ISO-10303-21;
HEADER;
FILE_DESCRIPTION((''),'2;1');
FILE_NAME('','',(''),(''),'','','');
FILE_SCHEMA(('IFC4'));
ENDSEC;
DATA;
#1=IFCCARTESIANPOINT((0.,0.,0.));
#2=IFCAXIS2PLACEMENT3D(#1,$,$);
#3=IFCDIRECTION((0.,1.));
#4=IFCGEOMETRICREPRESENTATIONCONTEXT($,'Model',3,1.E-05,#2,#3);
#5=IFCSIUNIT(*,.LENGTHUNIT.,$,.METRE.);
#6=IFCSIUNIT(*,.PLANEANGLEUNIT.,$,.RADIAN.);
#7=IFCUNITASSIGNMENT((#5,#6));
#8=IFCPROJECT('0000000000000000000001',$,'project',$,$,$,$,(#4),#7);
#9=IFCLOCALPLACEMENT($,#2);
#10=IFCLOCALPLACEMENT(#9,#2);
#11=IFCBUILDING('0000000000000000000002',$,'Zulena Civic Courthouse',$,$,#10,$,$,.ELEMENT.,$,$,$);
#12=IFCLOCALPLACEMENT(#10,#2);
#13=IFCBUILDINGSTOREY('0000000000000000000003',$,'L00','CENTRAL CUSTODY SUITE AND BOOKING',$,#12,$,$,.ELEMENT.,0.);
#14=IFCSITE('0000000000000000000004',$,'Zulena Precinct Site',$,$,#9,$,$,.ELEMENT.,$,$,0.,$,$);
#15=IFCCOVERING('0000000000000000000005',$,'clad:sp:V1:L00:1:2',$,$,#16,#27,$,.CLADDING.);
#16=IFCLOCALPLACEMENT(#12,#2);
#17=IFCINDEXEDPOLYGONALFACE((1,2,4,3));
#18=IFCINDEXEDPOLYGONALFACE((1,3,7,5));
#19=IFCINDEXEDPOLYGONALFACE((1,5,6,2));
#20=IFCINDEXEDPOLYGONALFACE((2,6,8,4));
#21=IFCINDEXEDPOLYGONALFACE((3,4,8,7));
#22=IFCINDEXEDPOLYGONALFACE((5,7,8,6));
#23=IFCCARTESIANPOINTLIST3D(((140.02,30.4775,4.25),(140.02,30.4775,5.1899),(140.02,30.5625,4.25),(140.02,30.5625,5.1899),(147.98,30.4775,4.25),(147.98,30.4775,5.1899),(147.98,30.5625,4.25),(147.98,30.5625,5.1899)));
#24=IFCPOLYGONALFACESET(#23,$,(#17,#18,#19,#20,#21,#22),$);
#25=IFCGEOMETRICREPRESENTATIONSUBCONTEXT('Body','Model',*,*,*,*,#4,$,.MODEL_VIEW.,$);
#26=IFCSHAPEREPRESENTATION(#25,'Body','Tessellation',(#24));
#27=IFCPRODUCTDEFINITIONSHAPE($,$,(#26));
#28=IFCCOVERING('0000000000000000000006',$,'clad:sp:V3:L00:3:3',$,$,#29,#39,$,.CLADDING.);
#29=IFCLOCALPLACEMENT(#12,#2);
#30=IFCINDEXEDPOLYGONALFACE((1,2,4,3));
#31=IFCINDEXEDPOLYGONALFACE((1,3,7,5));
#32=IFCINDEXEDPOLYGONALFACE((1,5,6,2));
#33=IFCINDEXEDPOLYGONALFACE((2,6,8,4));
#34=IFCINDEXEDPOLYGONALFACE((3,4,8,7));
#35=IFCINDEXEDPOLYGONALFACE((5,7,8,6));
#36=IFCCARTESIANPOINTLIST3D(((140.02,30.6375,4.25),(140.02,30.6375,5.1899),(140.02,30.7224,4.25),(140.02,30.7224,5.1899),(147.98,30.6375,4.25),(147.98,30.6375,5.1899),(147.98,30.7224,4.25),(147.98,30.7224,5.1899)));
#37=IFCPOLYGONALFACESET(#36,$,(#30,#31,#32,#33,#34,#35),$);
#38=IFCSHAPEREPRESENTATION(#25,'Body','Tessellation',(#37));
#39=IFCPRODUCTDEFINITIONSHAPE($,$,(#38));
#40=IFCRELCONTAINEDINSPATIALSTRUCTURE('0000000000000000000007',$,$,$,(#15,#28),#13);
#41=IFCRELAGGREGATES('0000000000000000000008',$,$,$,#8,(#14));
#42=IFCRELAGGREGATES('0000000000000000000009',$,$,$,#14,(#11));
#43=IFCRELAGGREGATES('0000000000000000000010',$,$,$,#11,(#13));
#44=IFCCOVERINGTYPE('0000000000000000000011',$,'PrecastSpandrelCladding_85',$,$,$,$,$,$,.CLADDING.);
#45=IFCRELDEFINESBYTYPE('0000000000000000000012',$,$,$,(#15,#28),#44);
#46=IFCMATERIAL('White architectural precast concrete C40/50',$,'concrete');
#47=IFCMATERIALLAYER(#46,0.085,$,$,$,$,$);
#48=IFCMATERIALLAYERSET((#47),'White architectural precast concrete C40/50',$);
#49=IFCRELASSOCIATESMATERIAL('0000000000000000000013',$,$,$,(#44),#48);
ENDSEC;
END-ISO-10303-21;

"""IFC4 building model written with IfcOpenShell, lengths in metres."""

from ifc_helpers import new_model, si_unit, direction, frame, origin, origin_2d, place, context, subcontext, project, spatial, rectangle, extrude, material, layer, layer_set, type_object, element, save


model = new_model("IFC4")

# Units and contexts
model_context = context("Model", 3, precision=1e-05, world=origin(), true_north=direction((0.0, 1.0)))
body_context = subcontext(model_context, "Body", "Model", "MODEL_VIEW")
ifc_project = project(units=[si_unit("LENGTHUNIT", "METRE"), si_unit("PLANEANGLEUNIT", "RADIAN")], contexts=[model_context])

# Site, building, storey
site_placement = place(None, origin())
site = spatial("IfcSite", under=ifc_project, at=site_placement, Name="Zulena Precinct Site", CompositionType="ELEMENT", RefElevation=0.0)
building_placement = place(site_placement, origin())
building = spatial("IfcBuilding", under=site, at=building_placement, Name="Zulena Civic Courthouse", CompositionType="ELEMENT")
storey_placement = place(building_placement, origin())
storey = spatial("IfcBuildingStorey", under=building, at=storey_placement, Name="L00", Description="CENTRAL CUSTODY SUITE AND BOOKING", CompositionType="ELEMENT", Elevation=0.0)

# Coverings
ifc_material_1 = material(Name="White architectural precast concrete C40/50", Category="concrete")
ifc_layer_1 = layer(ifc_material_1, 0.085)
ifc_layer_set_1 = layer_set([ifc_layer_1], Name="White architectural precast concrete C40/50")
covering_type = type_object("IfcCoveringType", Name="PrecastSpandrelCladding_85", PredefinedType="CLADDING", material=ifc_layer_set_1)
for number, where, z_axis, x_axis, name in (
    (1, (144.0, 30.52, 4.25), (0.0, 0.0, 1.0), (1.0, 0.0, 0.0), "clad:sp:V1:L00:1:2"),
    (2, (144.0, 30.6799, 4.25), (0.0, 0.0, 1.0), (-1.0, 0.0, 0.0), "clad:sp:V3:L00:3:3"),
):
    element("IfcCovering", number, at=place(storey_placement, frame(where, z_axis=z_axis, x_axis=x_axis)), inside=storey, type_object=covering_type, Name=name, PredefinedType="CLADDING", context=body_context, shape_type="SweptSolid", body=[
        extrude(rectangle(XDim=7.96, YDim=0.085, at=origin_2d()), origin(), (0.0, 0.0, 1.0), 0.9399),
    ])

save(model, "model.ifc")
